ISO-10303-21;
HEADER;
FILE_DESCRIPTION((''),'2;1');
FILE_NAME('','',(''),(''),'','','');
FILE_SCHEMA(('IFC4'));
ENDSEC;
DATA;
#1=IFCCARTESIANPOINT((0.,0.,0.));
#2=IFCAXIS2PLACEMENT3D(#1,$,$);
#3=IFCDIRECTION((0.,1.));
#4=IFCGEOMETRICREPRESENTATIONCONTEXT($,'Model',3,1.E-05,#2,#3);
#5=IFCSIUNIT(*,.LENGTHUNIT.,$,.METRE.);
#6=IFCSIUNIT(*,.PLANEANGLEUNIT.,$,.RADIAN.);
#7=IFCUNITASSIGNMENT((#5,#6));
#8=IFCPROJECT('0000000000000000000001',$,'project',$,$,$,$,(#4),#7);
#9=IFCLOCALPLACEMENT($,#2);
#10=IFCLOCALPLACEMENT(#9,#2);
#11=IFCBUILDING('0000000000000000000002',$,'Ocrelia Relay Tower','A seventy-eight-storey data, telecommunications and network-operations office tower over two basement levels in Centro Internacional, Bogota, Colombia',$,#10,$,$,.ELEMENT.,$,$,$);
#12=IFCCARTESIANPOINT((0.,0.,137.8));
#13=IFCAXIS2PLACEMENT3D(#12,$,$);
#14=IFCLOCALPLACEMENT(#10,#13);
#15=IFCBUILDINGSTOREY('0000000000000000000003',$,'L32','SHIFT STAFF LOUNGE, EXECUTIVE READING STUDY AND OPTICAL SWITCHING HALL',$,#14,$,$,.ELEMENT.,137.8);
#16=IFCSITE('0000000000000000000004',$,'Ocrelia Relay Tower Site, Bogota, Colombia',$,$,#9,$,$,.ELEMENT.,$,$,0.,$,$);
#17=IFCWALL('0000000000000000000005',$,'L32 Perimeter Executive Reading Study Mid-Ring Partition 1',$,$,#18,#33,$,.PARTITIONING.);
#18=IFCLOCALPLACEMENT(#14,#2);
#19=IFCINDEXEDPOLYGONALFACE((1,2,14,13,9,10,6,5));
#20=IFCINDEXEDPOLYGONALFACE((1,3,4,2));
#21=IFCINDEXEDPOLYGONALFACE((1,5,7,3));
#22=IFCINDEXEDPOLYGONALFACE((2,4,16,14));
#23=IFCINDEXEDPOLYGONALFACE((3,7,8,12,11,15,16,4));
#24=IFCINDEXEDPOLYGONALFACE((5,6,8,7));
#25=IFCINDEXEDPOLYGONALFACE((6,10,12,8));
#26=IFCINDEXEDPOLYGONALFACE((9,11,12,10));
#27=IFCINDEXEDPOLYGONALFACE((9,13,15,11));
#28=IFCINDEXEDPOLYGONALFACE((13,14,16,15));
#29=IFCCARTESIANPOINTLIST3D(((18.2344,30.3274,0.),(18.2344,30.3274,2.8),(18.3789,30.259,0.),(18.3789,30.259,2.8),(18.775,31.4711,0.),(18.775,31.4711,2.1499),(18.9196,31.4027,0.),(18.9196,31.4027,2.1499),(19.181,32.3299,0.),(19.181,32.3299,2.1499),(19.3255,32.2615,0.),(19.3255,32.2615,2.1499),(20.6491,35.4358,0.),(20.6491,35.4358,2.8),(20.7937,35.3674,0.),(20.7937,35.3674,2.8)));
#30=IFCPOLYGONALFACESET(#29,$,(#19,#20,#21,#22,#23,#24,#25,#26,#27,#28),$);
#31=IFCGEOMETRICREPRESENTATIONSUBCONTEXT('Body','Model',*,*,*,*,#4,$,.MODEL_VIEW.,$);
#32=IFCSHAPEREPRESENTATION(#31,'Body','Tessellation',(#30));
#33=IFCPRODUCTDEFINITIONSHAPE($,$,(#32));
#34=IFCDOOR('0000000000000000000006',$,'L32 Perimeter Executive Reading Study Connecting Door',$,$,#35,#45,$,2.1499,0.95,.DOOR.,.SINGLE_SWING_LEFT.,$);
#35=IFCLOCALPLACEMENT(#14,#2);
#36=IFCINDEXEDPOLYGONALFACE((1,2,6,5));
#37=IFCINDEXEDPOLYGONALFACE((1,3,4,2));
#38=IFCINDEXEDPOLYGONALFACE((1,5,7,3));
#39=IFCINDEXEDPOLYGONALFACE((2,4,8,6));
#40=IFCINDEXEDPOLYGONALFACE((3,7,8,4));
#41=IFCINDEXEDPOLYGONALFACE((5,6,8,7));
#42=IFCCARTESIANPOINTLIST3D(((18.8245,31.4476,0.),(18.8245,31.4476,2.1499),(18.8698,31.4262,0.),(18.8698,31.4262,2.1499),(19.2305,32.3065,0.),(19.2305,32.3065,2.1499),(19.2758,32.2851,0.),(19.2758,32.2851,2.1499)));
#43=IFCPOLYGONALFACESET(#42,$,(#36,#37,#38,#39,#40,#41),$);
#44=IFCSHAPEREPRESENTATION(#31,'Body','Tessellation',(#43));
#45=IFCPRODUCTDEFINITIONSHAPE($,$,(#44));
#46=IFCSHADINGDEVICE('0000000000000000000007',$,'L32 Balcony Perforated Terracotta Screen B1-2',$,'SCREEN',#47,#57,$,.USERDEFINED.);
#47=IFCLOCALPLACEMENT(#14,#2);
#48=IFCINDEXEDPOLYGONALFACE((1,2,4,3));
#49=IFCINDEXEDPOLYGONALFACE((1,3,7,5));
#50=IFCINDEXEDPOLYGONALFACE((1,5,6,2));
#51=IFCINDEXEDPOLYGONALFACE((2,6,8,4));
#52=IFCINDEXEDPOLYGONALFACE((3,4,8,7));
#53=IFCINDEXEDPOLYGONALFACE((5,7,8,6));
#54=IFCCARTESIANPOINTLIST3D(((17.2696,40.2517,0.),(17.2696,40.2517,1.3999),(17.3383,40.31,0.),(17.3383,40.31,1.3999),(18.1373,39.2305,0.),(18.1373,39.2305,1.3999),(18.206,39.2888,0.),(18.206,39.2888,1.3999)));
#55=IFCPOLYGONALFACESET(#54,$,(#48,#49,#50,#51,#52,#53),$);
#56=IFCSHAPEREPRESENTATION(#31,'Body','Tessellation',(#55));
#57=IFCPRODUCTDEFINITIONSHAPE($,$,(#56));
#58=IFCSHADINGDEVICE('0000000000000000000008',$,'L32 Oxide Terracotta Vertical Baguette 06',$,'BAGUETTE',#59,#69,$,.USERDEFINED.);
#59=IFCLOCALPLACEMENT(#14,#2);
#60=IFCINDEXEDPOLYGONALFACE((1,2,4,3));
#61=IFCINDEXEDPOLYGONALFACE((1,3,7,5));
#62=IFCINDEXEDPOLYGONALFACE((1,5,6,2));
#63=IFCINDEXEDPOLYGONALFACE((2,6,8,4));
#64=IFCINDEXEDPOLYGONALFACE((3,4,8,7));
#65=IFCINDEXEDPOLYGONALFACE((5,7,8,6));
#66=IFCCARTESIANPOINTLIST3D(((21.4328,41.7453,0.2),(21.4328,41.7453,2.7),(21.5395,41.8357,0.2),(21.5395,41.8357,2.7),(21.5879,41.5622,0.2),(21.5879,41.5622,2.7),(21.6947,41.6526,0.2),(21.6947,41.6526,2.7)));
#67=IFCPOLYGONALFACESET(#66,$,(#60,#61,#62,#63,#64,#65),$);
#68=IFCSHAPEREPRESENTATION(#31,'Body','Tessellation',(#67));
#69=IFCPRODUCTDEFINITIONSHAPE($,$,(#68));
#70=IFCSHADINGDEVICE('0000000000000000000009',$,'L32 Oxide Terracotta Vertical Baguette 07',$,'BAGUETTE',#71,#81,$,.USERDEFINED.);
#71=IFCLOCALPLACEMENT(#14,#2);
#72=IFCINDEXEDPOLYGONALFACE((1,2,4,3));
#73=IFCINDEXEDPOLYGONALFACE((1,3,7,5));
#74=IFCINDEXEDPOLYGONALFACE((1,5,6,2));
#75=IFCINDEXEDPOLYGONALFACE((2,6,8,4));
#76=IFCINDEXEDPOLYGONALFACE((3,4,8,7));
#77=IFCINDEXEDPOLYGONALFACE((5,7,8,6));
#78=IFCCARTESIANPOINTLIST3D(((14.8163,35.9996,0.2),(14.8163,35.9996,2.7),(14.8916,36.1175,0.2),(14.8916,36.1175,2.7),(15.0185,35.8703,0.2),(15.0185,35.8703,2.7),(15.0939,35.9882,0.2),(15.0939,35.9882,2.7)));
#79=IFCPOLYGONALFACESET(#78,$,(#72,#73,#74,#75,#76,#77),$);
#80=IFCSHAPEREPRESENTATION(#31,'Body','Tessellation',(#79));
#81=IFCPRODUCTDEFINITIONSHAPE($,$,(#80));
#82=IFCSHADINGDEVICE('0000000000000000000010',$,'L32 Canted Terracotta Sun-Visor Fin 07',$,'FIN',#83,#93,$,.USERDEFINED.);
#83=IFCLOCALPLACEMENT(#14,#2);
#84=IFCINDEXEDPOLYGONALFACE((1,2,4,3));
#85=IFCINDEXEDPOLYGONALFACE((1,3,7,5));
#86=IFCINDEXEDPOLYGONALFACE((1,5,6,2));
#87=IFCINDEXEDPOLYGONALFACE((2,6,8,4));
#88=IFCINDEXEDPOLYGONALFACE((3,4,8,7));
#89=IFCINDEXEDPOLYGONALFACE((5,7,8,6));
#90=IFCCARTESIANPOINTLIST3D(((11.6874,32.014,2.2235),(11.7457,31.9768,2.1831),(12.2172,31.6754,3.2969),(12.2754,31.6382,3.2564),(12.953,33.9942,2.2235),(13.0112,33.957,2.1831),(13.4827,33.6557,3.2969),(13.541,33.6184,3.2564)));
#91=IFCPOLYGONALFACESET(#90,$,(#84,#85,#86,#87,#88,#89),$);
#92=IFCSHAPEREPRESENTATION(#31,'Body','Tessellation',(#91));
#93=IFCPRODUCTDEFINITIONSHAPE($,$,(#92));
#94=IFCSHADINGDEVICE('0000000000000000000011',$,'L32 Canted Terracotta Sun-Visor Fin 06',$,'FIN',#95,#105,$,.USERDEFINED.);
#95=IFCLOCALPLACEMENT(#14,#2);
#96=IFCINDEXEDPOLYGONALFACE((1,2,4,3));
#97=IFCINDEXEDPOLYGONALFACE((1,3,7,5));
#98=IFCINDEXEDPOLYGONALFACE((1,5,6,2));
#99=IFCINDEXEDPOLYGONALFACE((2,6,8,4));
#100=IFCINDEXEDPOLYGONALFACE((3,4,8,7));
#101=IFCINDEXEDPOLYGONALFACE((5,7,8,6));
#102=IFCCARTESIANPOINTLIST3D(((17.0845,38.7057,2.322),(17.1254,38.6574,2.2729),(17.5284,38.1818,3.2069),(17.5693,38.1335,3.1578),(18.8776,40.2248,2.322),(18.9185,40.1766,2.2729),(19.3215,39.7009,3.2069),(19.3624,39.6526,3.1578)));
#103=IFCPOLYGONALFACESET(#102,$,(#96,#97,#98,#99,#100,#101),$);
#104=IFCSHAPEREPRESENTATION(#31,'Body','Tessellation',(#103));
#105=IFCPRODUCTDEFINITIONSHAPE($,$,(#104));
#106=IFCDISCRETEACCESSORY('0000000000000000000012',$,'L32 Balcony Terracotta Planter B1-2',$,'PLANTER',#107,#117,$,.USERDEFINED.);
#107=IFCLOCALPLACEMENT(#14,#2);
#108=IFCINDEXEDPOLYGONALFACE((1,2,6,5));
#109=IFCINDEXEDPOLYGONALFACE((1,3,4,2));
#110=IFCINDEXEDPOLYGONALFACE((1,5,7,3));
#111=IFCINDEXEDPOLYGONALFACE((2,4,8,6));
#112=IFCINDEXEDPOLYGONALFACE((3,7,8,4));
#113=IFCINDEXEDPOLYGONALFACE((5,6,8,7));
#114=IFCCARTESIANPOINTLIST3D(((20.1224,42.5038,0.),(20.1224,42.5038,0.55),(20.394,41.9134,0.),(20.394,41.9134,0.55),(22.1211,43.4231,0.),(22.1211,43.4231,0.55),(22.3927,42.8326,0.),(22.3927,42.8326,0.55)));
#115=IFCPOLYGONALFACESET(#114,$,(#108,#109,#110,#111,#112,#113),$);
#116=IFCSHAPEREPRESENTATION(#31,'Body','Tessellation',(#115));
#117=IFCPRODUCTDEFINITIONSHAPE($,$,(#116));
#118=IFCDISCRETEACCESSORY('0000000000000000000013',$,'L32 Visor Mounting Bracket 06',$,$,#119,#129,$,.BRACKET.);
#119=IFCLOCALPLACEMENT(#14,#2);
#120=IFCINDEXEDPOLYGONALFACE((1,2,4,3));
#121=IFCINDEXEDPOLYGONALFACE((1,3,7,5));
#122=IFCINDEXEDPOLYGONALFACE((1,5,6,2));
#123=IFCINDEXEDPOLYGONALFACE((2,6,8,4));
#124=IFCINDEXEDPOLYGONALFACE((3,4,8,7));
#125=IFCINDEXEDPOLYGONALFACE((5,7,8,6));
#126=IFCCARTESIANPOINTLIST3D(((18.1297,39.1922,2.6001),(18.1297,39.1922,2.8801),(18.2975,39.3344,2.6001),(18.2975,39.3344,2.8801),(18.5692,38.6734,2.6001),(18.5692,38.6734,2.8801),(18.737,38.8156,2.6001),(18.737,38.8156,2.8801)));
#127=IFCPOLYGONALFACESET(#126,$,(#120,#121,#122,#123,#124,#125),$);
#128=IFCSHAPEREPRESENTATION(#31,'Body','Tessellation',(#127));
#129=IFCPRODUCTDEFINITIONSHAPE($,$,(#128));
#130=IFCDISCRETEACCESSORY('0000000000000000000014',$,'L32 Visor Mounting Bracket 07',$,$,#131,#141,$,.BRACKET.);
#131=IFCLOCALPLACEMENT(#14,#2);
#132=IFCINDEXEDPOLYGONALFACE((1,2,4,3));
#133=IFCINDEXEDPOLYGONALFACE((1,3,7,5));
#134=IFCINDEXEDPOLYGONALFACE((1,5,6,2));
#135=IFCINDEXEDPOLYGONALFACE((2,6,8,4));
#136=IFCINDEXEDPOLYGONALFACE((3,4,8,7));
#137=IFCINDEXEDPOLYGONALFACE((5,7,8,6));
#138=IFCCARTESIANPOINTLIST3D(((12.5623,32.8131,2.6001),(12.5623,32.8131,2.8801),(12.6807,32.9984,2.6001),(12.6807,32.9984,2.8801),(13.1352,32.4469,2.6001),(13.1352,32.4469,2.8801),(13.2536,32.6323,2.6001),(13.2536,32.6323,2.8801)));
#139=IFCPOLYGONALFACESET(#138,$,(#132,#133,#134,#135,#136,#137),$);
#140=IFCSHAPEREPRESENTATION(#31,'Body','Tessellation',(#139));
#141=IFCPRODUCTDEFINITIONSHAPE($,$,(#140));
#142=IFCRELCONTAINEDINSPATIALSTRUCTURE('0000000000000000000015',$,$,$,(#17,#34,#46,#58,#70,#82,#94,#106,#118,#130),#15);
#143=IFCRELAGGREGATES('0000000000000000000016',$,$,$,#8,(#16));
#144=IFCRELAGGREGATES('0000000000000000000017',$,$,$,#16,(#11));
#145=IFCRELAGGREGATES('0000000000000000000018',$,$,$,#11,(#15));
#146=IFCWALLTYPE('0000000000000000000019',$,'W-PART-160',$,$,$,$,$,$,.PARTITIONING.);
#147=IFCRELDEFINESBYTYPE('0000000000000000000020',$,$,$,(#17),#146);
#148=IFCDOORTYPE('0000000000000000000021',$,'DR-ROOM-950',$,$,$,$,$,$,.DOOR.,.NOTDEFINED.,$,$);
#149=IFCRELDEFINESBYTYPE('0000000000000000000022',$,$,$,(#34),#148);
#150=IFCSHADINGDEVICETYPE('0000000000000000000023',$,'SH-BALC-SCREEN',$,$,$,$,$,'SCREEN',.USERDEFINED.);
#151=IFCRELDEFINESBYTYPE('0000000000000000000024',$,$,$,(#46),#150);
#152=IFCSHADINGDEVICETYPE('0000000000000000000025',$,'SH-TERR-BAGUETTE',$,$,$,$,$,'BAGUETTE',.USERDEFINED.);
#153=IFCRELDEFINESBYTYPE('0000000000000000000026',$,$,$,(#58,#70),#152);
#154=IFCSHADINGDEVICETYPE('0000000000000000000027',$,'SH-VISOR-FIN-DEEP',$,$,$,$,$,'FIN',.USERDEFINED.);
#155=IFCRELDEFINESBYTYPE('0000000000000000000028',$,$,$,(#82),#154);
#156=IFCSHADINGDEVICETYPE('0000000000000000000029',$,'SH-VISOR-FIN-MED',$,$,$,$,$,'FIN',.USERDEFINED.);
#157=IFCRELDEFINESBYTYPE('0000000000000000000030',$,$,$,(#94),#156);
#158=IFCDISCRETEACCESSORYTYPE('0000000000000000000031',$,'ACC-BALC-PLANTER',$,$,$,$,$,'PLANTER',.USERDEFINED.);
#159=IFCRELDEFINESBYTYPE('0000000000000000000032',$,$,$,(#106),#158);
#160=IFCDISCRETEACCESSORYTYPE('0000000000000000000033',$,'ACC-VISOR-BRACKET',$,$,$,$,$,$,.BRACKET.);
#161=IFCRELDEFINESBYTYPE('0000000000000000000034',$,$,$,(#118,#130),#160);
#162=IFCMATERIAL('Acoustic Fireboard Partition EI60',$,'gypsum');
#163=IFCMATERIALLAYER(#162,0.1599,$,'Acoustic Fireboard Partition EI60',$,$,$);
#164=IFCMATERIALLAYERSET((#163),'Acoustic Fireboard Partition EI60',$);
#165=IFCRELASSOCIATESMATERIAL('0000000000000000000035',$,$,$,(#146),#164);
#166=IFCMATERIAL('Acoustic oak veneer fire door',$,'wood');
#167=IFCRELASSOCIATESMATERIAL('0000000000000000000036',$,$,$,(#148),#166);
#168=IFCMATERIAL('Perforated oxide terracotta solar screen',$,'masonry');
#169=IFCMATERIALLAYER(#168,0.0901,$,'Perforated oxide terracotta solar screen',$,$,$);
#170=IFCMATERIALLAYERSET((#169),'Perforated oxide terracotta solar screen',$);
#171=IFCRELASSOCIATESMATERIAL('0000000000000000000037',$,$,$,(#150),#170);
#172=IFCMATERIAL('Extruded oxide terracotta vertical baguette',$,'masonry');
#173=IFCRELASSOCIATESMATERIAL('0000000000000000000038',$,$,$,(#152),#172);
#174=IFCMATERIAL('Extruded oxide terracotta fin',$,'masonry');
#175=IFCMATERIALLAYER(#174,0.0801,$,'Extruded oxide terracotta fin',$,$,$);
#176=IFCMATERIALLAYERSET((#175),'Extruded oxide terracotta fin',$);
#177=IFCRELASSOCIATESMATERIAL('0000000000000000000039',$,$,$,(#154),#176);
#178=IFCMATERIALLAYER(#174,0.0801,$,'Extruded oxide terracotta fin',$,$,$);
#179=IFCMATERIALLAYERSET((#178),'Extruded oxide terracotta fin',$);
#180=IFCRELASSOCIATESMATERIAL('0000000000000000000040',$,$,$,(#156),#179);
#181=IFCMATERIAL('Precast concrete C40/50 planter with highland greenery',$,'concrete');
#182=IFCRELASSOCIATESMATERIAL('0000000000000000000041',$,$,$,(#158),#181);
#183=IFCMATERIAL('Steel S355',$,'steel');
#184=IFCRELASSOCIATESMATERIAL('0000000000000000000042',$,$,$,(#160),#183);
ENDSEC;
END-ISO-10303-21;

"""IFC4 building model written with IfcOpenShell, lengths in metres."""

from ifc_helpers import new_model, si_unit, direction, frame, frame_2d, origin, origin_2d, place, context, subcontext, project, spatial, rectangle, extrude, material, layer, layer_set, type_object, element, fill, save


model = new_model("IFC4")

# Units and contexts
model_context = context("Model", 3, precision=1e-05, world=origin(), true_north=direction((0.0, 1.0)))
body_context = subcontext(model_context, "Body", "Model", "MODEL_VIEW")
ifc_project = project(units=[si_unit("LENGTHUNIT", "METRE"), si_unit("PLANEANGLEUNIT", "RADIAN")], contexts=[model_context])

# Site, building, storey
site_placement = place(None, origin())
site = spatial("IfcSite", under=ifc_project, at=site_placement, Name="Ocrelia Relay Tower Site, Bogota, Colombia", CompositionType="ELEMENT", RefElevation=0.0)
building_placement = place(site_placement, origin())
building = spatial("IfcBuilding", under=site, at=building_placement, Name="Ocrelia Relay Tower", Description="A seventy-eight-storey data, telecommunications and network-operations office tower over two basement levels in Centro Internacional, Bogota, Colombia", CompositionType="ELEMENT")
storey_placement = place(building_placement, frame((0.0, 0.0, 137.8)))
storey = spatial("IfcBuildingStorey", under=building, at=storey_placement, Name="L32", Description="SHIFT STAFF LOUNGE, EXECUTIVE READING STUDY AND OPTICAL SWITCHING HALL", CompositionType="ELEMENT", Elevation=137.8)

# Shared definitions
ifc_material_1 = material(Name="Steel S355", Category="steel")

# Shared definitions
ifc_material_2 = material(Name="Acoustic oak veneer fire door", Category="wood")

# Shared definitions
ifc_material_3 = material(Name="Acoustic Fireboard Partition EI60", Category="gypsum")
ifc_layer_1 = layer(ifc_material_3, 0.1599, Name="Acoustic Fireboard Partition EI60")
ifc_layer_set_1 = layer_set([ifc_layer_1], Name="Acoustic Fireboard Partition EI60")
wall_type_1 = type_object("IfcWallType", Name="W-PART-160", PredefinedType="PARTITIONING", material=ifc_layer_set_1)

# Wall, opening, door
wall_1_placement = place(storey_placement, frame((20.7214, 35.4016, 0.0), z_axis=(0.0, 0.0, 1.0), x_axis=(-0.427367, -0.904078, 0.0)))
wall_1 = element("IfcWall", 1, at=wall_1_placement, inside=storey, type_object=wall_type_1, Name="L32 Perimeter Executive Reading Study Mid-Ring Partition 1", PredefinedType="PARTITIONING", context=body_context, shape_type="SweptSolid", body=[
    extrude(rectangle(XDim=5.6504, YDim=0.1599, at=frame_2d((2.8252, 0.0))), origin(), (0.0, 0.0, 1.0), 2.8),
])
opening_1_placement = place(wall_1_placement, frame((3.4353, 0.0, 0.0)))
opening_1 = element("IfcOpeningElement", 2, at=opening_1_placement, cuts=wall_1, PredefinedType="OPENING", context=body_context, shape_type="SweptSolid", body=[
    extrude(rectangle(XDim=0.95, YDim=2.1499, at=frame_2d((0.4751, 1.075))), frame((0.0, 0.0898, 0.0), z_axis=(0.0, -1.0, 0.0), x_axis=(1.0, 0.0, 0.0)), (0.0, 0.0, 1.0), 0.1799),
])
door_type_1 = type_object("IfcDoorType", Name="DR-ROOM-950", OperationType="NOTDEFINED", PredefinedType="DOOR", material=ifc_material_2)
door_1_placement = place(opening_1_placement, origin())
door_1 = element("IfcDoor", 3, at=door_1_placement, inside=storey, type_object=door_type_1, Name="L32 Perimeter Executive Reading Study Connecting Door", OperationType="SINGLE_SWING_LEFT", OverallHeight=2.1499, OverallWidth=0.95, PredefinedType="DOOR", context=body_context, shape_type="SweptSolid", body=[
    extrude(rectangle(XDim=0.95, YDim=2.1499, at=frame_2d((0.4751, 1.075))), frame((0.0, 0.0249, 0.0), z_axis=(0.0, -1.0, 0.0), x_axis=(1.0, 0.0, 0.0)), (0.0, 0.0, 1.0), 0.05),
])
fill(opening_1, door_1)

# Shading devices
ifc_material_4 = material(Name="Perforated oxide terracotta solar screen", Category="masonry")
ifc_layer_2 = layer(ifc_material_4, 0.0901, Name="Perforated oxide terracotta solar screen")
ifc_layer_set_2 = layer_set([ifc_layer_2], Name="Perforated oxide terracotta solar screen")
shading_device_type_1 = type_object("IfcShadingDeviceType", Name="SH-BALC-SCREEN", ElementType="SCREEN", PredefinedType="USERDEFINED", material=ifc_layer_set_2)
shading_device_1_placement = place(storey_placement, frame((17.7378, 39.7703, 0.0), z_axis=(0.0, 0.0, 1.0), x_axis=(-0.647517, 0.762051, 0.0)))
element("IfcShadingDevice", 4, at=shading_device_1_placement, inside=storey, type_object=shading_device_type_1, Name="L32 Balcony Perforated Terracotta Screen B1-2", ObjectType="SCREEN", PredefinedType="USERDEFINED", context=body_context, shape_type="SweptSolid", body=[
    extrude(rectangle(XDim=1.3401, YDim=0.0901, at=origin_2d()), origin(), (0.0, 0.0, 1.0), 1.3999),
])
ifc_material_5 = material(Name="Extruded oxide terracotta vertical baguette", Category="masonry")
shading_device_type_2 = type_object("IfcShadingDeviceType", Name="SH-TERR-BAGUETTE", ElementType="BAGUETTE", PredefinedType="USERDEFINED", material=ifc_material_5)
for number, where, z_axis, x_axis, name in (
    (5, (21.5637, 41.699, 0.2), (0.0, 0.0, 1.0), (-0.76299, -0.64641, 0.0), "L32 Oxide Terracotta Vertical Baguette 06"),
    (6, (14.9551, 35.9939, 0.2), (0.0, 0.0, 1.0), (-0.53851, -0.842619, 0.0), "L32 Oxide Terracotta Vertical Baguette 07"),
):
    element("IfcShadingDevice", number, at=place(storey_placement, frame(where, z_axis=z_axis, x_axis=x_axis)), inside=storey, type_object=shading_device_type_2, Name=name, ObjectType="BAGUETTE", PredefinedType="USERDEFINED", context=body_context, shape_type="SweptSolid", body=[
        extrude(rectangle(XDim=0.1399, YDim=0.24, at=origin_2d()), origin(), (0.0, 0.0, 1.0), 2.5),
    ])
ifc_material_6 = material(Name="Extruded oxide terracotta fin", Category="masonry")
ifc_layer_3 = layer(ifc_material_6, 0.0801, Name="Extruded oxide terracotta fin")
ifc_layer_set_3 = layer_set([ifc_layer_3], Name="Extruded oxide terracotta fin")
shading_device_type_3 = type_object("IfcShadingDeviceType", Name="SH-VISOR-FIN-DEEP", ElementType="FIN", PredefinedType="USERDEFINED", material=ifc_layer_set_3)
shading_device_2_placement = place(storey_placement, frame((12.6433, 32.7976, 2.7197), z_axis=(-0.727068, 0.464662, 0.505431), x_axis=(-0.53851, -0.842619, 0.0)))
element("IfcShadingDevice", 7, at=shading_device_2_placement, inside=storey, type_object=shading_device_type_3, Name="L32 Canted Terracotta Sun-Visor Fin 07", ObjectType="FIN", PredefinedType="USERDEFINED", context=body_context, shape_type="SweptSolid", body=[
    extrude(rectangle(XDim=2.3501, YDim=1.2439, at=origin_2d()), origin(), (0.0, 0.0, 1.0), 0.0801),
])
ifc_layer_4 = layer(ifc_material_6, 0.0801, Name="Extruded oxide terracotta fin")
ifc_layer_set_4 = layer_set([ifc_layer_4], Name="Extruded oxide terracotta fin")
shading_device_type_4 = type_object("IfcShadingDeviceType", Name="SH-VISOR-FIN-MED", ElementType="FIN", PredefinedType="USERDEFINED", material=ifc_layer_set_4)
shading_device_3_placement = place(storey_placement, frame((18.2439, 39.155, 2.7153), z_axis=(-0.510695, 0.602799, 0.613045), x_axis=(-0.76299, -0.64641, 0.0)))
element("IfcShadingDevice", 8, at=shading_device_3_placement, inside=storey, type_object=shading_device_type_4, Name="L32 Canted Terracotta Sun-Visor Fin 06", ObjectType="FIN", PredefinedType="USERDEFINED", context=body_context, shape_type="SweptSolid", body=[
    extrude(rectangle(XDim=2.3501, YDim=1.1201, at=origin_2d()), origin(), (0.0, 0.0, 1.0), 0.0801),
])

# Discrete accessories
ifc_material_7 = material(Name="Precast concrete C40/50 planter with highland greenery", Category="concrete")
discrete_accessory_type_1 = type_object("IfcDiscreteAccessoryType", Name="ACC-BALC-PLANTER", ElementType="PLANTER", PredefinedType="USERDEFINED", material=ifc_material_7)
discrete_accessory_placement = place(storey_placement, frame((21.2576, 42.6682, 0.0), z_axis=(0.0, 0.0, 1.0), x_axis=(0.908509, 0.417865, 0.0)))
element("IfcDiscreteAccessory", 9, at=discrete_accessory_placement, inside=storey, type_object=discrete_accessory_type_1, Name="L32 Balcony Terracotta Planter B1-2", ObjectType="PLANTER", PredefinedType="USERDEFINED", context=body_context, shape_type="SweptSolid", body=[
    extrude(rectangle(XDim=2.2, YDim=0.6499, at=origin_2d()), origin(), (0.0, 0.0, 1.0), 0.55),
])
discrete_accessory_type_2 = type_object("IfcDiscreteAccessoryType", Name="ACC-VISOR-BRACKET", PredefinedType="BRACKET", material=ifc_material_1)
for number, where, z_axis, x_axis, name in (
    (10, (18.4333, 39.0039, 2.6001), (0.0, 0.0, 1.0), (-0.76299, -0.64641, 0.0), "L32 Visor Mounting Bracket 06"),
    (11, (12.908, 32.7227, 2.6001), (0.0, 0.0, 1.0), (-0.53851, -0.842619, 0.0), "L32 Visor Mounting Bracket 07"),
):
    element("IfcDiscreteAccessory", number, at=place(storey_placement, frame(where, z_axis=z_axis, x_axis=x_axis)), inside=storey, type_object=discrete_accessory_type_2, Name=name, PredefinedType="BRACKET", context=body_context, shape_type="SweptSolid", body=[
        extrude(rectangle(XDim=0.22, YDim=0.6799, at=origin_2d()), origin(), (0.0, 0.0, 1.0), 0.28),
    ])

save(model, "model.ifc")
